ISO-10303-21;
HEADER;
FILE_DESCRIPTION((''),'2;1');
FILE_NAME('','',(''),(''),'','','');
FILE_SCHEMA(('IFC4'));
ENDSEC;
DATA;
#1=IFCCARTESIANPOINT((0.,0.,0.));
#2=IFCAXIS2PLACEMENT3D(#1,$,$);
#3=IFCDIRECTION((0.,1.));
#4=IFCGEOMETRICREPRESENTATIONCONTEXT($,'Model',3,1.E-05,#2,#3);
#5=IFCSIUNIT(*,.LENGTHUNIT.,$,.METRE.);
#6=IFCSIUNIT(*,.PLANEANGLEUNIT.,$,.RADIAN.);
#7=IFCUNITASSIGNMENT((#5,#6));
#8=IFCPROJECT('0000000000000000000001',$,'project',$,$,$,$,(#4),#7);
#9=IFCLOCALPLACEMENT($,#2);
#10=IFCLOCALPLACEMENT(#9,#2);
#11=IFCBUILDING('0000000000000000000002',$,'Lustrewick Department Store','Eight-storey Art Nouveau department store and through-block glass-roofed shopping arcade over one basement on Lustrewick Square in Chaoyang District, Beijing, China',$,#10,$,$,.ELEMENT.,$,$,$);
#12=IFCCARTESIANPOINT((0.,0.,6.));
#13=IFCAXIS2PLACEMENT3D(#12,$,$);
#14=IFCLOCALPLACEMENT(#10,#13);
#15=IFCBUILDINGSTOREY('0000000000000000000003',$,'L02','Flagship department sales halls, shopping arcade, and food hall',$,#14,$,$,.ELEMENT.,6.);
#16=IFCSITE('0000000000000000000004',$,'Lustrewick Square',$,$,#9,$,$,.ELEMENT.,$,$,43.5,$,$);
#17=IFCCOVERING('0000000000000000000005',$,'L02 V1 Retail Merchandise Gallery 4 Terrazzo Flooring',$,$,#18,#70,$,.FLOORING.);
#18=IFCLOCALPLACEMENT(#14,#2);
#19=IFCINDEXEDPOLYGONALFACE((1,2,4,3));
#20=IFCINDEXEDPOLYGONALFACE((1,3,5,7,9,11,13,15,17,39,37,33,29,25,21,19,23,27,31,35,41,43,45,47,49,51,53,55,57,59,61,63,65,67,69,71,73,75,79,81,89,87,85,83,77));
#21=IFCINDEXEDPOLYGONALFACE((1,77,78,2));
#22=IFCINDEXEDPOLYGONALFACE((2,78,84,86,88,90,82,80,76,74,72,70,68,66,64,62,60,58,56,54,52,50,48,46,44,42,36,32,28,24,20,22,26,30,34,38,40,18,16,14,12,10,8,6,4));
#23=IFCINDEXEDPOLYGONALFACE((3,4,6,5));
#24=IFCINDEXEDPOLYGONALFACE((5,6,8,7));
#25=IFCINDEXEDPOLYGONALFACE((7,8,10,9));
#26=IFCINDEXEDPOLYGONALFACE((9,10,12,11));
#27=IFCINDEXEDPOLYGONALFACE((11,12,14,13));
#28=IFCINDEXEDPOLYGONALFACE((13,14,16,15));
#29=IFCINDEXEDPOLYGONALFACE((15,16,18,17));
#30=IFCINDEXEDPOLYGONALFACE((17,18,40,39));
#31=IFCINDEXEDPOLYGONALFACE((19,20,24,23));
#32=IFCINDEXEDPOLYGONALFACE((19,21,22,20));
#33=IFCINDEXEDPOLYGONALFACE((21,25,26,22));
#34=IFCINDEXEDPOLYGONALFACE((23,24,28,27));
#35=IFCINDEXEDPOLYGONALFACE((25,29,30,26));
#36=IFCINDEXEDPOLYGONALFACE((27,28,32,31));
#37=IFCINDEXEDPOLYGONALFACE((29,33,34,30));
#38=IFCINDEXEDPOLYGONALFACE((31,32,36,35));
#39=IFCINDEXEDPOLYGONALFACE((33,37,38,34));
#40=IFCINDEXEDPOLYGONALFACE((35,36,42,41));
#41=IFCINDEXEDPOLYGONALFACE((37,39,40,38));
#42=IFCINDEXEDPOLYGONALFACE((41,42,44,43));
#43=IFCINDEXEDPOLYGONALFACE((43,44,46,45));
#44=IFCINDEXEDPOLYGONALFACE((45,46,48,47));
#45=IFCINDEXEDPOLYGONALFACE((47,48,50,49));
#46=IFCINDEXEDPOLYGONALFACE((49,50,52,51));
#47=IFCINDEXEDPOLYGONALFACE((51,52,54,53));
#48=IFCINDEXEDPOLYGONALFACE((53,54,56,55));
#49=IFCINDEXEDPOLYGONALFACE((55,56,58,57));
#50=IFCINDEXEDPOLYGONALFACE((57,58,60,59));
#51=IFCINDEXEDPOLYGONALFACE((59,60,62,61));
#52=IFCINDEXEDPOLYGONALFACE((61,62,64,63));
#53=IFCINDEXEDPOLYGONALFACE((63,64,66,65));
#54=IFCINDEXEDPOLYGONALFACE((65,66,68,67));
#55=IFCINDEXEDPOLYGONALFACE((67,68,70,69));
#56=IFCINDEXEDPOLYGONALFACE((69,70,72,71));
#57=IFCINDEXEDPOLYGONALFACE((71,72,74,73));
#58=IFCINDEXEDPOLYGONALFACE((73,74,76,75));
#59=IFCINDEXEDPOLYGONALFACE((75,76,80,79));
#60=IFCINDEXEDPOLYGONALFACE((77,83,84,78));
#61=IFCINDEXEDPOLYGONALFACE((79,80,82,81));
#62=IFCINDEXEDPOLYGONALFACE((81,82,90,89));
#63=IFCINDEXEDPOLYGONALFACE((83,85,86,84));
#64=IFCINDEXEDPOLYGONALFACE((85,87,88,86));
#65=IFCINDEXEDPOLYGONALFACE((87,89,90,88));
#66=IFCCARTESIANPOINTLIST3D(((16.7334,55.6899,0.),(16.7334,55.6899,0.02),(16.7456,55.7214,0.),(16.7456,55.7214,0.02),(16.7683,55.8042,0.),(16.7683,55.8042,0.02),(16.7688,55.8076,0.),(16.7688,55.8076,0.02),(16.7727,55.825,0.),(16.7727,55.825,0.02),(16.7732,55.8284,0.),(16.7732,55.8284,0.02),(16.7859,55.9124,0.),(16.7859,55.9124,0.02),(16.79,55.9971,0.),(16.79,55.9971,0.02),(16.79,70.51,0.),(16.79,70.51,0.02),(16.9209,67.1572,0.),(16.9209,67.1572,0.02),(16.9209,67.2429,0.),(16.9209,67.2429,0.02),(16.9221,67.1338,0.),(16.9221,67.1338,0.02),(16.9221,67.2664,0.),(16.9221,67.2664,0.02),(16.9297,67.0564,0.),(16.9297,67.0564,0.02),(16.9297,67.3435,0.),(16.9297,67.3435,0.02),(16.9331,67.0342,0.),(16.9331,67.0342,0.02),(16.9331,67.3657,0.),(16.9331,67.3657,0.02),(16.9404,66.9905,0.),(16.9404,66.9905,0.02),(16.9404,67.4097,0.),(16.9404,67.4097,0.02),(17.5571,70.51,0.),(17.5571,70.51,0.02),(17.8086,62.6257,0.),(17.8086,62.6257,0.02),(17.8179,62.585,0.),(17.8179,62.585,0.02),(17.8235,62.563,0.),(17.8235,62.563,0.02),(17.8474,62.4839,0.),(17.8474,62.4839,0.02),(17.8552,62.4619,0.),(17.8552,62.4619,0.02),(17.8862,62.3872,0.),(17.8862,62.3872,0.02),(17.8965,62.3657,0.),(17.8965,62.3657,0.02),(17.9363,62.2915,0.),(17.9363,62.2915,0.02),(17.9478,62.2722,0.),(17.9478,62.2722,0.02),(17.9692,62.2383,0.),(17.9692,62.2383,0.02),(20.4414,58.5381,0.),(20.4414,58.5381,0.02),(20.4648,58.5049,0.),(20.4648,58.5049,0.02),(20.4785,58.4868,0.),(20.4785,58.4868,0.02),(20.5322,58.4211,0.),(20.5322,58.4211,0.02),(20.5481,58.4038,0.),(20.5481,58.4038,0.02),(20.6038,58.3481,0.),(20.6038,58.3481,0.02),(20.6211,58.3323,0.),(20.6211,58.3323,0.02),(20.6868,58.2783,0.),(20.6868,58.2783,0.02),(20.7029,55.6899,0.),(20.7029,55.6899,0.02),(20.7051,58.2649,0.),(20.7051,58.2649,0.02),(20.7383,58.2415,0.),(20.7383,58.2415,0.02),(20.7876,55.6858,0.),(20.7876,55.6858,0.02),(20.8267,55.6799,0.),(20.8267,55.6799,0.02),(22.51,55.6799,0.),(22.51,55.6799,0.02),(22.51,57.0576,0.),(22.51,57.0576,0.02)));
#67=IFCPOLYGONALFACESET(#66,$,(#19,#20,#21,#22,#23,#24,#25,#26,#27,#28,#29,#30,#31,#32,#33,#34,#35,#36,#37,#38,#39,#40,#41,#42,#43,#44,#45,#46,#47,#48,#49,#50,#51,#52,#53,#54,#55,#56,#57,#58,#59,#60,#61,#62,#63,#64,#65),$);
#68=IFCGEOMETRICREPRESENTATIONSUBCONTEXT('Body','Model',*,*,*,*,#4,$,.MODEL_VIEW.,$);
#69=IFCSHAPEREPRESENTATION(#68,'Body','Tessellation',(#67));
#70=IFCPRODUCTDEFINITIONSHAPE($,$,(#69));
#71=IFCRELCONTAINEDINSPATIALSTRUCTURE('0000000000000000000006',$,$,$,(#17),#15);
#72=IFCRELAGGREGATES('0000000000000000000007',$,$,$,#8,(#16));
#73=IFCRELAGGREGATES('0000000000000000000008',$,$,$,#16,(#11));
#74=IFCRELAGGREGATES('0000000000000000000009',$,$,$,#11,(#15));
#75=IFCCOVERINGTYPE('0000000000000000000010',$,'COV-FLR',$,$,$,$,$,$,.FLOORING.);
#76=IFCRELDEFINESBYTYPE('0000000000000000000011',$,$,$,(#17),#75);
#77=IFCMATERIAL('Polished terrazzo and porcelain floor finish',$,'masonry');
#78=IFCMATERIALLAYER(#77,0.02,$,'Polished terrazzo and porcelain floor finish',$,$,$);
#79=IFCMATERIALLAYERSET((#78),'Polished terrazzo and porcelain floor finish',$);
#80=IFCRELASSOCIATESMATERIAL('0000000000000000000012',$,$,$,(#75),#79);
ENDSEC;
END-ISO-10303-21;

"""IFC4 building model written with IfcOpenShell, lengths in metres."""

from ifc_helpers import new_model, si_unit, direction, frame, origin, place, context, subcontext, project, spatial, polyline, outline, extrude, material, layer, layer_set, type_object, element, save


model = new_model("IFC4")

# Units and contexts
model_context = context("Model", 3, precision=1e-05, world=origin(), true_north=direction((0.0, 1.0)))
body_context = subcontext(model_context, "Body", "Model", "MODEL_VIEW")
ifc_project = project(units=[si_unit("LENGTHUNIT", "METRE"), si_unit("PLANEANGLEUNIT", "RADIAN")], contexts=[model_context])

# Site, building, storey
site_placement = place(None, origin())
site = spatial("IfcSite", under=ifc_project, at=site_placement, Name="Lustrewick Square", CompositionType="ELEMENT", RefElevation=43.5)
building_placement = place(site_placement, origin())
building = spatial("IfcBuilding", under=site, at=building_placement, Name="Lustrewick Department Store", Description="Eight-storey Art Nouveau department store and through-block glass-roofed shopping arcade over one basement on Lustrewick Square in Chaoyang District, Beijing, China", CompositionType="ELEMENT")
storey_placement = place(building_placement, frame((0.0, 0.0, 6.0)))
storey = spatial("IfcBuildingStorey", under=building, at=storey_placement, Name="L02", Description="Flagship department sales halls, shopping arcade, and food hall", CompositionType="ELEMENT", Elevation=6.0)

# Covering
ifc_material_1 = material(Name="Polished terrazzo and porcelain floor finish", Category="masonry")
ifc_layer_1 = layer(ifc_material_1, 0.02, Name="Polished terrazzo and porcelain floor finish")
ifc_layer_set_1 = layer_set([ifc_layer_1], Name="Polished terrazzo and porcelain floor finish")
covering_type_1 = type_object("IfcCoveringType", Name="COV-FLR", PredefinedType="FLOORING", material=ifc_layer_set_1)
covering_1_placement = place(storey_placement, origin())
element("IfcCovering", 1, at=covering_1_placement, inside=storey, type_object=covering_type_1, Name="L02 V1 Retail Merchandise Gallery 4 Terrazzo Flooring", PredefinedType="FLOORING", context=body_context, shape_type="SweptSolid", body=[
    extrude(outline(polyline([(20.7029, 55.6899), (20.7876, 55.6858), (20.8267, 55.6799), (22.51, 55.6799), (22.51, 57.0576), (20.7383, 58.2415), (20.7051, 58.2649), (20.6868, 58.2783), (20.6211, 58.3323), (20.6038, 58.3481), (20.5481, 58.4038), (20.5322, 58.4211), (20.4785, 58.4868), (20.4648, 58.5049), (20.4414, 58.5381), (17.9692, 62.2383), (17.9478, 62.2722), (17.9363, 62.2915), (17.8965, 62.3657), (17.8862, 62.3872), (17.8552, 62.4619), (17.8474, 62.4839), (17.8235, 62.563), (17.8179, 62.585), (17.8086, 62.6257), (16.9404, 66.9905), (16.9331, 67.0342), (16.9297, 67.0564), (16.9221, 67.1338), (16.9209, 67.1572), (16.9209, 67.2429), (16.9221, 67.2664), (16.9297, 67.3435), (16.9331, 67.3657), (16.9404, 67.4097), (17.5571, 70.51), (16.79, 70.51), (16.79, 55.9971), (16.7859, 55.9124), (16.7732, 55.8284), (16.7727, 55.825), (16.7688, 55.8076), (16.7683, 55.8042), (16.7456, 55.7214), (16.7334, 55.6899), (20.7029, 55.6899)])), origin(), (0.0, 0.0, 1.0), 0.02),
])

save(model, "model.ifc")
